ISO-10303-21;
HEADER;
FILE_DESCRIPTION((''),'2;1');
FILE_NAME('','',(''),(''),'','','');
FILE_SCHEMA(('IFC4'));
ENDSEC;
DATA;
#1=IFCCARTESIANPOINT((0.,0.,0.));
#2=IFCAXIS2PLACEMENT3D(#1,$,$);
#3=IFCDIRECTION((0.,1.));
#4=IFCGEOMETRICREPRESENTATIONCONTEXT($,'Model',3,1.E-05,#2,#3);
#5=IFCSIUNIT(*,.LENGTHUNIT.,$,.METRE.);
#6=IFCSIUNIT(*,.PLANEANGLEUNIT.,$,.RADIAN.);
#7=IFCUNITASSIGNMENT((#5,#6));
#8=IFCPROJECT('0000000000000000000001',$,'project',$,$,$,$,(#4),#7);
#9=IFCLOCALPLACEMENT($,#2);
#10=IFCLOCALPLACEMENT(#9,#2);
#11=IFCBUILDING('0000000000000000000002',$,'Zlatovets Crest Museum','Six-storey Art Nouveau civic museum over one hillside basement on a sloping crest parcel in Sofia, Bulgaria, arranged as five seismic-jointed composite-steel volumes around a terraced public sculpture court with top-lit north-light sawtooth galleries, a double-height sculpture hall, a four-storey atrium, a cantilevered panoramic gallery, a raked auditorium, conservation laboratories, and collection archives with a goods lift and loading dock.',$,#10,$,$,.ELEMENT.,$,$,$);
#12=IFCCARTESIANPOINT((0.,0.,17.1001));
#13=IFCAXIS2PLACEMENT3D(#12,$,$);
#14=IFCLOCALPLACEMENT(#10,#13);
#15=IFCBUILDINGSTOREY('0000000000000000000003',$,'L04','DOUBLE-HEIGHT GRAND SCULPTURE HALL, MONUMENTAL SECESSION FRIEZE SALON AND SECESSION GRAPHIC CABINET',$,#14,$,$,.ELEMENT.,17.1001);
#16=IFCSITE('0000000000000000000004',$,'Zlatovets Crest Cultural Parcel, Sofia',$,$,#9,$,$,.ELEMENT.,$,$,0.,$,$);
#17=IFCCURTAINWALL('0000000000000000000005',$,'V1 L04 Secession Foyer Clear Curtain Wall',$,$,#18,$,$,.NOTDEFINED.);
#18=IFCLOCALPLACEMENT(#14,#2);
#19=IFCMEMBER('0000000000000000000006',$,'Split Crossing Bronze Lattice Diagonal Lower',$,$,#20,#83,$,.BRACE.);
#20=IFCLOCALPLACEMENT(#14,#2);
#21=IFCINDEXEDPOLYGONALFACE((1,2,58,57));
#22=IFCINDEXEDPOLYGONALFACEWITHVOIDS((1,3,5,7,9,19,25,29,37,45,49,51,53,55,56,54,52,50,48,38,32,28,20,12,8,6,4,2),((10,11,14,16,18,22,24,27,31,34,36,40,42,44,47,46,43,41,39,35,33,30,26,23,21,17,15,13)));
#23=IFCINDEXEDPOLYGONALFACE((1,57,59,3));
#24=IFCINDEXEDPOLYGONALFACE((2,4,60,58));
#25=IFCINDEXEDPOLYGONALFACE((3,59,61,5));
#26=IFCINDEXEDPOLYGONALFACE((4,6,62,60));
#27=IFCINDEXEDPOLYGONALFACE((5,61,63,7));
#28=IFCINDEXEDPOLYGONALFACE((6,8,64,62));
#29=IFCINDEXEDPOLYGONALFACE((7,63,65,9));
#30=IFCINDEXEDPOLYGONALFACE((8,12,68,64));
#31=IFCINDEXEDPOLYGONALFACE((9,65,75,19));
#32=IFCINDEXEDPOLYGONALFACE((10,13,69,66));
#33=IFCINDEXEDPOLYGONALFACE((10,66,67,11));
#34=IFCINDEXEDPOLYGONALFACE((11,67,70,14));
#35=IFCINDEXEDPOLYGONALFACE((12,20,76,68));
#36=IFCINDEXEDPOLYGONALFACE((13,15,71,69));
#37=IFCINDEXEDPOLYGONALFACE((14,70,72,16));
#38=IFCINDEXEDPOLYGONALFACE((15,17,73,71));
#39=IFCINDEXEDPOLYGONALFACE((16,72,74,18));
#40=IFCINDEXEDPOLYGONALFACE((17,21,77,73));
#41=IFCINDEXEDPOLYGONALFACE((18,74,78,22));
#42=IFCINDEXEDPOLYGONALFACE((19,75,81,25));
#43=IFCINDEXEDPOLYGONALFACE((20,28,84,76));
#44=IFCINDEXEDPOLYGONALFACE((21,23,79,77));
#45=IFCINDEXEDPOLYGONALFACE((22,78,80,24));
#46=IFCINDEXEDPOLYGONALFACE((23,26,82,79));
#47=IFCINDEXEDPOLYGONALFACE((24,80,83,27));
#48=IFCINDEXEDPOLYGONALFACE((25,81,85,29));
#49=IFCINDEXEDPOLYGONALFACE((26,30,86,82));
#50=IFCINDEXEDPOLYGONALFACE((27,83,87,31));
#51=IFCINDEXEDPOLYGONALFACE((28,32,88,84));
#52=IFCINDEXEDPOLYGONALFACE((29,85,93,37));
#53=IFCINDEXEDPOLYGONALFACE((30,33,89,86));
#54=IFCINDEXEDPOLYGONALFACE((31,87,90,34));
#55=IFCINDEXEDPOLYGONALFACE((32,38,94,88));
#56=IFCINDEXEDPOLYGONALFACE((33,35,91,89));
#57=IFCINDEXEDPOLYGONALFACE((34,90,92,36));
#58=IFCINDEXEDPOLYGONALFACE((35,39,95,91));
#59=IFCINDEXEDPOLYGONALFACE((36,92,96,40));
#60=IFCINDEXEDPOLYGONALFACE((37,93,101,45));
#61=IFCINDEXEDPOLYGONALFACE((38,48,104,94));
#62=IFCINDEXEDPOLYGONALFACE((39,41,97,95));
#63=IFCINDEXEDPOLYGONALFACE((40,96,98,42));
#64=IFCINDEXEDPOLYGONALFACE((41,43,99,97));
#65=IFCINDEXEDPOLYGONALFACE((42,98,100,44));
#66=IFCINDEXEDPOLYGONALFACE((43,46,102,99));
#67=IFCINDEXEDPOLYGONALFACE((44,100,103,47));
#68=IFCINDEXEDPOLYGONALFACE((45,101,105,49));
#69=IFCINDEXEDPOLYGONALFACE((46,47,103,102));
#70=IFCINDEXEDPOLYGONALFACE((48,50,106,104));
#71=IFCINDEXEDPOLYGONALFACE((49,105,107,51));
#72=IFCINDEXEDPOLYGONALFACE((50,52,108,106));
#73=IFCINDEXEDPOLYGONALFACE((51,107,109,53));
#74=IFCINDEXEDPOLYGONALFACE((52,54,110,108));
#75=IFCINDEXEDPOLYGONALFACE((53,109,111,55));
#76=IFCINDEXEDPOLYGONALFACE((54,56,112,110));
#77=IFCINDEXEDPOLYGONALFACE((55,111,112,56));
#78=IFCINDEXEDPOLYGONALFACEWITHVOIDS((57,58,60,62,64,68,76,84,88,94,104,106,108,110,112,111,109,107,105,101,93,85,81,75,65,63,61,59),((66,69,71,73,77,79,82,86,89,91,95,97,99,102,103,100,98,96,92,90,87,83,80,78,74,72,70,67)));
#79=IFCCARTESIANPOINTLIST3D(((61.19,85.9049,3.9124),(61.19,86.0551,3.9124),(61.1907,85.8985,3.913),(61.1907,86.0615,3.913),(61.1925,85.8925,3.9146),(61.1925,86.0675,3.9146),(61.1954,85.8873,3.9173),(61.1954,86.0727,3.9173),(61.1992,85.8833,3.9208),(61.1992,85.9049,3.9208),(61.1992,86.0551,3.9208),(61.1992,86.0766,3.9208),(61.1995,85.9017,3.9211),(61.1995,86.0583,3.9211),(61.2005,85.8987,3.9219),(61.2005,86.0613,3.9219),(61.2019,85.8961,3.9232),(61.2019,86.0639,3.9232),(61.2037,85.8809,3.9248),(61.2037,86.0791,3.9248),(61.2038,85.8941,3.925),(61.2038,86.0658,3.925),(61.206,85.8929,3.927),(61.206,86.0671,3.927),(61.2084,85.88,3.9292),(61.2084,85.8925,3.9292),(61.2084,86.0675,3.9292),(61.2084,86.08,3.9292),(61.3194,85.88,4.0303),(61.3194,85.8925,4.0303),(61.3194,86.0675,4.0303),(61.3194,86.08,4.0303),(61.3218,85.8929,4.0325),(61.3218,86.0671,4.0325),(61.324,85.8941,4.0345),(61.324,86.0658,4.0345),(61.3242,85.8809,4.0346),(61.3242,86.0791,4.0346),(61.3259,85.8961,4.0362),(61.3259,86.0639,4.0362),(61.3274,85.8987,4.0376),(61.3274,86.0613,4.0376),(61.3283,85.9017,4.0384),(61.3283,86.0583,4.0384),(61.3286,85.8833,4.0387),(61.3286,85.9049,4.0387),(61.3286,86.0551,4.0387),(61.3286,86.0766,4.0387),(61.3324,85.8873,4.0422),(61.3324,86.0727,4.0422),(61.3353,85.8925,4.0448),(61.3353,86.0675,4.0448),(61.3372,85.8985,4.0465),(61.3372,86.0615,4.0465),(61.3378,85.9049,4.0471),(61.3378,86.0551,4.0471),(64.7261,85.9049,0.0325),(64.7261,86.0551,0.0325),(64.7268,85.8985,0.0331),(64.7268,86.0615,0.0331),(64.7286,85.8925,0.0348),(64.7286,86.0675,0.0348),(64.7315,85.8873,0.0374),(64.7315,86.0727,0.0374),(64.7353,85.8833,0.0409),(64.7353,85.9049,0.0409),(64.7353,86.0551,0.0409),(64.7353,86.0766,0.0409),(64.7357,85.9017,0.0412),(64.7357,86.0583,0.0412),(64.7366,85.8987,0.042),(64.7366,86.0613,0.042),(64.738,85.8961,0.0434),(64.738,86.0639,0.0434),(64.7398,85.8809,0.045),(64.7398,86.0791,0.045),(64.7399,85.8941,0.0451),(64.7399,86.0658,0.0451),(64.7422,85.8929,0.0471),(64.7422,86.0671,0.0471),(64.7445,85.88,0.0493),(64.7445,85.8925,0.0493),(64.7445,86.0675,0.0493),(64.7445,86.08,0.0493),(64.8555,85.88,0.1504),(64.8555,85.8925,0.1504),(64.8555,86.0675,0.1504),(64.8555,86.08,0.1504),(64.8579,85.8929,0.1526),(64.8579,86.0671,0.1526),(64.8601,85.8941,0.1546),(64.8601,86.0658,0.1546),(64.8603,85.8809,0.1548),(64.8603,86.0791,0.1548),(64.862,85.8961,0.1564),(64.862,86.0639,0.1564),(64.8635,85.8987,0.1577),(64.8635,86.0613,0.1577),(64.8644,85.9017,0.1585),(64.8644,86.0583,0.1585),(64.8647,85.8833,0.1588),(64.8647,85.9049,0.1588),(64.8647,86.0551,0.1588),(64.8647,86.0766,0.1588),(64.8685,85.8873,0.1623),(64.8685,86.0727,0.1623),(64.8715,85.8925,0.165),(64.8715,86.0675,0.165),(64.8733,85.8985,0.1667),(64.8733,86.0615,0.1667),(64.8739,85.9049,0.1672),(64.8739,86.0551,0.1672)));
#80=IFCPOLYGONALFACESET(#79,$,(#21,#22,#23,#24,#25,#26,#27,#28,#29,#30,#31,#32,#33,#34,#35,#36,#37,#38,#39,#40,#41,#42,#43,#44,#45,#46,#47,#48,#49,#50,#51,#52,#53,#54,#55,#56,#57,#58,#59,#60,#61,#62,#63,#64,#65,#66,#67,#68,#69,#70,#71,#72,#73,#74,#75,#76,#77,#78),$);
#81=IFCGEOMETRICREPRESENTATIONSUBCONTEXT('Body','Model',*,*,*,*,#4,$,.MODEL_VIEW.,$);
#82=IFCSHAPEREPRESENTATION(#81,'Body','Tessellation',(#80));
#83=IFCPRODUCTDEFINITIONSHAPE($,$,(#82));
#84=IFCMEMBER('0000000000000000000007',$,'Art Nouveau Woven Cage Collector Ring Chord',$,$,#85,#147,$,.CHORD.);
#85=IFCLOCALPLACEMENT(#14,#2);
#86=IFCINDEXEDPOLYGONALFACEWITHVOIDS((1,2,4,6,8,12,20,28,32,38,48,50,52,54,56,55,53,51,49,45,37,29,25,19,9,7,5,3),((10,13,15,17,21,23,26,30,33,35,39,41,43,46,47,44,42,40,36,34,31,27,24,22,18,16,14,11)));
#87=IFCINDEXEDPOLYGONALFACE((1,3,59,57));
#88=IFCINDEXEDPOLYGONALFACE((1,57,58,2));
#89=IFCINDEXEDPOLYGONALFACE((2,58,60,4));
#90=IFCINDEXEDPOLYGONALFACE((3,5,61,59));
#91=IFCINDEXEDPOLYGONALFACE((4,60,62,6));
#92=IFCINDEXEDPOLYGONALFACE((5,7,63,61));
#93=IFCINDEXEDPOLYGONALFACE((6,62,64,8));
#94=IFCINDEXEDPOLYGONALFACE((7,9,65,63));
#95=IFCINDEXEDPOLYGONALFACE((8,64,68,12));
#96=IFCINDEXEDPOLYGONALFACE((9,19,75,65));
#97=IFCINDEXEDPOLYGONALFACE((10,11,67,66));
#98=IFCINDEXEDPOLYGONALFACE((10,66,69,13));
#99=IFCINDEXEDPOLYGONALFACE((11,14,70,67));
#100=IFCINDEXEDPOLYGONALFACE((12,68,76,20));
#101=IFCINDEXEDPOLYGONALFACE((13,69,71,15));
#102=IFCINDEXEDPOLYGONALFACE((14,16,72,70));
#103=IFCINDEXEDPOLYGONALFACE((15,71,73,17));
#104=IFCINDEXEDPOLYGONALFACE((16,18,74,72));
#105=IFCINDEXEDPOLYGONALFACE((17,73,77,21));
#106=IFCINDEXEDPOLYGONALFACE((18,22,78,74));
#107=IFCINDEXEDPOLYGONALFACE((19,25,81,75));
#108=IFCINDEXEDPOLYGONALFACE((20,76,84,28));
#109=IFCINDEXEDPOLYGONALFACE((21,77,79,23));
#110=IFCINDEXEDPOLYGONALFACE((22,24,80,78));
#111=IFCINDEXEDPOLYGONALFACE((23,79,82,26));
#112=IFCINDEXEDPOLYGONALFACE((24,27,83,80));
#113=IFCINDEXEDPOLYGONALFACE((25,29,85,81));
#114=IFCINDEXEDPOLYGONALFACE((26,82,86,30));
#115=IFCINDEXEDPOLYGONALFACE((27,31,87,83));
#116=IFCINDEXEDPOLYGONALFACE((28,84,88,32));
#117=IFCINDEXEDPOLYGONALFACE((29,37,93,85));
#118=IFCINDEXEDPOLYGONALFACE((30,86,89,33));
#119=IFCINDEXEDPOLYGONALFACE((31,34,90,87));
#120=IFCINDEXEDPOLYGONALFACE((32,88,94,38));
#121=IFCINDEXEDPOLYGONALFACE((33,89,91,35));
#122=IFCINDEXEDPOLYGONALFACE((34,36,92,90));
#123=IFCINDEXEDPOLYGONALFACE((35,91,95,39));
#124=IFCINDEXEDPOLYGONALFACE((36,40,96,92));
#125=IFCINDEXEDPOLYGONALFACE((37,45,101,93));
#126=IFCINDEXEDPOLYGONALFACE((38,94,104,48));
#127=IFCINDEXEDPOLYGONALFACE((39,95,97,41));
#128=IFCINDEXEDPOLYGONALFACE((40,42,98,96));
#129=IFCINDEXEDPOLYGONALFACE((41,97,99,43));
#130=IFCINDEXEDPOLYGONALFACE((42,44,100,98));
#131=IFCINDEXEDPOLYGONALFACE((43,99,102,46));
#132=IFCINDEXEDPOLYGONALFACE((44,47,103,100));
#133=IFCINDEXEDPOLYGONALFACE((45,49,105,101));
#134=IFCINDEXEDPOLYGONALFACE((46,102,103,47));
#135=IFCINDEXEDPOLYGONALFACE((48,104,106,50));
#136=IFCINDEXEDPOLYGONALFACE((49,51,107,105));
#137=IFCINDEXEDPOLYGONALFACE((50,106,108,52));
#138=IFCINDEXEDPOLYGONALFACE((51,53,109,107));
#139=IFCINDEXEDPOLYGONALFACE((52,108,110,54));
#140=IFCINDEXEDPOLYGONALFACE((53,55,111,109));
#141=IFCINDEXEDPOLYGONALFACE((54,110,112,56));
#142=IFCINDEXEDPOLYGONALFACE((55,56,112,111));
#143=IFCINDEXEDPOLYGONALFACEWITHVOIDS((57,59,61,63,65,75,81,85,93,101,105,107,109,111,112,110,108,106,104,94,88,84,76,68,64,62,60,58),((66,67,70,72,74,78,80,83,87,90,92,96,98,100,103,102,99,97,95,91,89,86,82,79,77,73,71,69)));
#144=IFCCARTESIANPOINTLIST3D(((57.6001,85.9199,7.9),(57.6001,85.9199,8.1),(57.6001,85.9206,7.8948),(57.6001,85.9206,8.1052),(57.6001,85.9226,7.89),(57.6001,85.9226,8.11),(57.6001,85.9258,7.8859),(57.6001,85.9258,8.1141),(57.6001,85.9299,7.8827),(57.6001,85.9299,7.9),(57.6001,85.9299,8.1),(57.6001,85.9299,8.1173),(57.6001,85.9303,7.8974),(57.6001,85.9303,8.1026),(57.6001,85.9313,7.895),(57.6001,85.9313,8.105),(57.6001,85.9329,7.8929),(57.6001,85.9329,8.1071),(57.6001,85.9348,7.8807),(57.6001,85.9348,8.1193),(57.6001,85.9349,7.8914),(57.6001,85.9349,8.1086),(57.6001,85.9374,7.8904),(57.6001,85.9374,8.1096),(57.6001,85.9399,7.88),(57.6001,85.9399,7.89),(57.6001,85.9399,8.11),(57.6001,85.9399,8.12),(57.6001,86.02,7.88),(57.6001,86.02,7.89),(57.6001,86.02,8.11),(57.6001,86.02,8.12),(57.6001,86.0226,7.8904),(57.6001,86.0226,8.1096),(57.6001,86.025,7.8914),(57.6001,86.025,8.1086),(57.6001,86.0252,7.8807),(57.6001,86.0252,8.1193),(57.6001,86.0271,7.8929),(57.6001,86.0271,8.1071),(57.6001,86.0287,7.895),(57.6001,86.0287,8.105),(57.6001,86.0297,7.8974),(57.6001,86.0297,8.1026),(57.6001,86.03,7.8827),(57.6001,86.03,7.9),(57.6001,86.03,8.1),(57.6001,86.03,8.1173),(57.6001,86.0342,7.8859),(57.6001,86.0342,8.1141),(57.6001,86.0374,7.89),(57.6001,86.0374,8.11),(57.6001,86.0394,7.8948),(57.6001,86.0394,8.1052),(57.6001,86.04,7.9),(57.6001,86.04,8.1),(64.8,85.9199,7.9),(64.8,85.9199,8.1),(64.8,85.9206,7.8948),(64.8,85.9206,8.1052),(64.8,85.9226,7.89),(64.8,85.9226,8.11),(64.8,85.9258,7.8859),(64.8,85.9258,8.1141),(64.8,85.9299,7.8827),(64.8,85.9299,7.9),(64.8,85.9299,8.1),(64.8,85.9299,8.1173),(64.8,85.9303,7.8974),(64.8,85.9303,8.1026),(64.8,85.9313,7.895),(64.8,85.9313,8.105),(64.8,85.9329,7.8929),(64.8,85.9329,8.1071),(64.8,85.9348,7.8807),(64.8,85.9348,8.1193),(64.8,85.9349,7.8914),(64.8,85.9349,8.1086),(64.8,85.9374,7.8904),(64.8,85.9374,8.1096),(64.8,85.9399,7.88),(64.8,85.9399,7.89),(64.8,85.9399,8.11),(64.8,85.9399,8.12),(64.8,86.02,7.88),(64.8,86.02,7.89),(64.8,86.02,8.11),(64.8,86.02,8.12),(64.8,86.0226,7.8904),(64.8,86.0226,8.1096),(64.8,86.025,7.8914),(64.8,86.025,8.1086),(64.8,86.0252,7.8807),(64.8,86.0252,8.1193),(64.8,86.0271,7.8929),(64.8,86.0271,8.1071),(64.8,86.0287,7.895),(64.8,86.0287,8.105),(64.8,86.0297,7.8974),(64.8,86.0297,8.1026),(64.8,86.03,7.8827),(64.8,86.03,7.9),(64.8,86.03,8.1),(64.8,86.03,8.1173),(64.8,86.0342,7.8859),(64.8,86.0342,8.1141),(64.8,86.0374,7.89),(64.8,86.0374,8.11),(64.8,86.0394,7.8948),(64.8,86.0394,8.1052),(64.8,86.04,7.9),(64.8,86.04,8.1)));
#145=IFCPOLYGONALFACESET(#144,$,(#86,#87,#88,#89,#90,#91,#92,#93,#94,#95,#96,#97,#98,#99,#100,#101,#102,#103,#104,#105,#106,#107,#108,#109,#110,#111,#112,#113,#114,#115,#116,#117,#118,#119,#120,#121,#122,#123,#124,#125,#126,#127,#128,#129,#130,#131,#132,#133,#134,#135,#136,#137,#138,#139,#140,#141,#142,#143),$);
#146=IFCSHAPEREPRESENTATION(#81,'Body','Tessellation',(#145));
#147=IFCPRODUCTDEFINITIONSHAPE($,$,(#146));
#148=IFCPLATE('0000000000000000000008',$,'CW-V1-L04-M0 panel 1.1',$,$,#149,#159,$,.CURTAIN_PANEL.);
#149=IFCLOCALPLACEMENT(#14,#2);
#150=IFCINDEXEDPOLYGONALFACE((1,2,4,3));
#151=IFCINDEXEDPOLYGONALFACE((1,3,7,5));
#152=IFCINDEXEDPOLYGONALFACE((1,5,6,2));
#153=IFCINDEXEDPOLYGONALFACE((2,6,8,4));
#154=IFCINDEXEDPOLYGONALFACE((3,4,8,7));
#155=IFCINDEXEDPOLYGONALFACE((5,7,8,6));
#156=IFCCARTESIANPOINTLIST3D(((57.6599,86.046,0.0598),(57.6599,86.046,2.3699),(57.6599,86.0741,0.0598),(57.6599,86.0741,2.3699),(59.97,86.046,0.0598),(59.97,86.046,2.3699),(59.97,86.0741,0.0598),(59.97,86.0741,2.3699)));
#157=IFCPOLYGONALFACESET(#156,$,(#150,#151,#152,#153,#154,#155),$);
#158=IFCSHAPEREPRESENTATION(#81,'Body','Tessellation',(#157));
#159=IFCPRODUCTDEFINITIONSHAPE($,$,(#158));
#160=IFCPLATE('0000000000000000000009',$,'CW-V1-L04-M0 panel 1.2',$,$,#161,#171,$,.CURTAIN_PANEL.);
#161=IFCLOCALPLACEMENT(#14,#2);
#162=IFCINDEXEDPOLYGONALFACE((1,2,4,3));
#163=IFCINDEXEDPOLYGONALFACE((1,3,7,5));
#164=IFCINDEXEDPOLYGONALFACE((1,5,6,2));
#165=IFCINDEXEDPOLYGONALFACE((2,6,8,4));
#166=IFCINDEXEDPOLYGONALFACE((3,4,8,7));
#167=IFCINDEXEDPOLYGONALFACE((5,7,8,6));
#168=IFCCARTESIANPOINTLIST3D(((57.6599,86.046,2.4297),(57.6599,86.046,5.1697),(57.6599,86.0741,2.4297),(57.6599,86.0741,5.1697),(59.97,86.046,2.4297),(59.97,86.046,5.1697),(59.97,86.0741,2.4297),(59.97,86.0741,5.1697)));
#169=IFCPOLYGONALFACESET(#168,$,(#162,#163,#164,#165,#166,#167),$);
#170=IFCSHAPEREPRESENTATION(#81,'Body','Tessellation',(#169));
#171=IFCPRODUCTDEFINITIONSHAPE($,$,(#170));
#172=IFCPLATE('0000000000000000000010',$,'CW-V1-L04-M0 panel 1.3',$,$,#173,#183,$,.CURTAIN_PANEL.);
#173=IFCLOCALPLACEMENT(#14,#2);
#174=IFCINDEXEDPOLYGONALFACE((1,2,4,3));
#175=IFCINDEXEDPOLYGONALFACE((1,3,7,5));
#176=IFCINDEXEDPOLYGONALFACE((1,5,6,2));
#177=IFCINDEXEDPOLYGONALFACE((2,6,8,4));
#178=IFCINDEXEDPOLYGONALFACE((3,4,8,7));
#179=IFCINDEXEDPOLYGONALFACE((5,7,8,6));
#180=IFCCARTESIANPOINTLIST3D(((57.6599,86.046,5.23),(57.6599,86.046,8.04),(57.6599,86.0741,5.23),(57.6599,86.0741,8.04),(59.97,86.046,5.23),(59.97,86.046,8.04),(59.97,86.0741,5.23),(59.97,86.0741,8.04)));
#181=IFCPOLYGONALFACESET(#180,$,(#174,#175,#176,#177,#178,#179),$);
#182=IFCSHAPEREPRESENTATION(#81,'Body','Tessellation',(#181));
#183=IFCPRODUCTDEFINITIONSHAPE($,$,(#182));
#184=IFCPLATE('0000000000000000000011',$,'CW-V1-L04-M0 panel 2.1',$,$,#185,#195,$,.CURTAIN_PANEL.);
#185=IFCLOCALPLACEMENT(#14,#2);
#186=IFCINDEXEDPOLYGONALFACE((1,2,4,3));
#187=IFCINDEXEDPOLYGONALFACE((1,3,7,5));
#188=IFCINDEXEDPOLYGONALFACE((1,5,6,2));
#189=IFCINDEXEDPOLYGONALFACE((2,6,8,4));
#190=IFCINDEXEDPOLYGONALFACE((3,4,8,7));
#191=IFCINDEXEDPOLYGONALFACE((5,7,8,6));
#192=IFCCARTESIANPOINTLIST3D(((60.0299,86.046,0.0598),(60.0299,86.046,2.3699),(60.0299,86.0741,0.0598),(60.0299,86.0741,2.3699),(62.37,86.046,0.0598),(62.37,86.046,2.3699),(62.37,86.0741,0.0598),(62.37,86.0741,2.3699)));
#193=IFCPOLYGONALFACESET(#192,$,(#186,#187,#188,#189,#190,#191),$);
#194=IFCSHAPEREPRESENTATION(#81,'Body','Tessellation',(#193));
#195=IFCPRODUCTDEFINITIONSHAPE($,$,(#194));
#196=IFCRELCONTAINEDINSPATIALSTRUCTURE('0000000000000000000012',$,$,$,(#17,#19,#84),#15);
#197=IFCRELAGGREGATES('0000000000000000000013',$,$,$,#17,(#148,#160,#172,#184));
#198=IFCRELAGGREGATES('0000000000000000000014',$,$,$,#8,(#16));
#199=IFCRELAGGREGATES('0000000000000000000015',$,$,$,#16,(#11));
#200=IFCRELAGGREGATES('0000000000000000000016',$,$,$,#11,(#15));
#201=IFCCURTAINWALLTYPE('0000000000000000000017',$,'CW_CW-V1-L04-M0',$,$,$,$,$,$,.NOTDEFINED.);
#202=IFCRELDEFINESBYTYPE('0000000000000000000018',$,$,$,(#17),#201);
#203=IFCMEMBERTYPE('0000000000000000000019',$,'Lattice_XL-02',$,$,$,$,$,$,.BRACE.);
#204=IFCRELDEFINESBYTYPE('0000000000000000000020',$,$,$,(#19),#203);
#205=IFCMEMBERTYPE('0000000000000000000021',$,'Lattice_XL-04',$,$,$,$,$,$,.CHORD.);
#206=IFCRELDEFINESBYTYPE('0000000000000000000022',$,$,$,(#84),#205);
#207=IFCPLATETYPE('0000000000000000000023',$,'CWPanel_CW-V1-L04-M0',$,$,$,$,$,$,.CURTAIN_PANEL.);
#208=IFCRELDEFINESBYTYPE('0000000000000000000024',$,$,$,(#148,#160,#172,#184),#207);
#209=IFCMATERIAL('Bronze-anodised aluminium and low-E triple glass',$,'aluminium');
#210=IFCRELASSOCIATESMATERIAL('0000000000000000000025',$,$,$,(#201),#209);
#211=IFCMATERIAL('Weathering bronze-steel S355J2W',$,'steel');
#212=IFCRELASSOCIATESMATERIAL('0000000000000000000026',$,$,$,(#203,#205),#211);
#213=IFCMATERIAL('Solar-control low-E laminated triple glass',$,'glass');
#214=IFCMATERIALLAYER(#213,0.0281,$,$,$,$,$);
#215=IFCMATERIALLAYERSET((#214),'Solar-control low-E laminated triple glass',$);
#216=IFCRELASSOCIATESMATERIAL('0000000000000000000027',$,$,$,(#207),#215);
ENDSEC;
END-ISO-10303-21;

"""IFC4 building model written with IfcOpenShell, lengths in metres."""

from ifc_helpers import new_model, si_unit, direction, frame, origin, origin_2d, place, context, subcontext, project, spatial, rectangle, hollow_rectangle, extrude, material, layer, layer_set, material_profile, profile_set, type_object, element, aggregate, save


model = new_model("IFC4")

# Units and contexts
model_context = context("Model", 3, precision=1e-05, world=origin(), true_north=direction((0.0, 1.0)))
body_context = subcontext(model_context, "Body", "Model", "MODEL_VIEW")
ifc_project = project(units=[si_unit("LENGTHUNIT", "METRE"), si_unit("PLANEANGLEUNIT", "RADIAN")], contexts=[model_context])

# Site, building, storey
site_placement = place(None, origin())
site = spatial("IfcSite", under=ifc_project, at=site_placement, Name="Zlatovets Crest Cultural Parcel, Sofia", CompositionType="ELEMENT", RefElevation=0.0)
building_placement = place(site_placement, origin())
building = spatial("IfcBuilding", under=site, at=building_placement, Name="Zlatovets Crest Museum", Description="Six-storey Art Nouveau civic museum over one hillside basement on a sloping crest parcel in Sofia, Bulgaria, arranged as five seismic-jointed composite-steel volumes around a terraced public sculpture court with top-lit north-light sawtooth galleries, a double-height sculpture hall, a four-storey atrium, a cantilevered panoramic gallery, a raked auditorium, conservation laboratories, and collection archives with a goods lift and loading dock.", CompositionType="ELEMENT")
storey_placement = place(building_placement, frame((0.0, 0.0, 17.1001)))
storey = spatial("IfcBuildingStorey", under=building, at=storey_placement, Name="L04", Description="DOUBLE-HEIGHT GRAND SCULPTURE HALL, MONUMENTAL SECESSION FRIEZE SALON AND SECESSION GRAPHIC CABINET", CompositionType="ELEMENT", Elevation=17.1001)

# Curtain wall
ifc_material_1 = material(Name="Bronze-anodised aluminium and low-E triple glass", Category="aluminium")
curtain_wall_type = type_object("IfcCurtainWallType", Name="CW_CW-V1-L04-M0", PredefinedType="NOTDEFINED", material=ifc_material_1)
curtain_wall_placement = place(storey_placement, origin())
curtain_wall = element("IfcCurtainWall", 1, at=curtain_wall_placement, inside=storey, type_object=curtain_wall_type, Name="V1 L04 Secession Foyer Clear Curtain Wall", PredefinedType="NOTDEFINED")

# Members
ifc_material_2 = material(Name="Weathering bronze-steel S355J2W", Category="steel")
ifc_material_profile_1 = material_profile(ifc_material_2, hollow_rectangle(XDim=0.2, YDim=0.2, WallThickness=0.0125, InnerFilletRadius=0.0125, OuterFilletRadius=0.0249, at=origin_2d()), Name="SHS 200x200x12.5")
ifc_profile_set_1 = profile_set([ifc_material_profile_1], Name="Weathering bronze-steel S355J2W")
member_type_1 = type_object("IfcMemberType", Name="Lattice_XL-02", PredefinedType="BRACE", material=ifc_profile_set_1)
member_1_placement = place(storey_placement, frame((61.2639, 85.98, 3.9797), z_axis=(0.673607, 0.0, -0.739089), x_axis=(0.0, 1.0, 0.0)))
element("IfcMember", 2, at=member_1_placement, inside=storey, type_object=member_type_1, Name="Split Crossing Bronze Lattice Diagonal Lower", PredefinedType="BRACE", context=body_context, shape_type="SweptSolid", body=[
    extrude(hollow_rectangle(XDim=0.2, YDim=0.2, WallThickness=0.0125, InnerFilletRadius=0.0125, OuterFilletRadius=0.0249, at=origin_2d()), origin(), (0.0, 0.0, 1.0), 5.2495),
])
ifc_material_profile_2 = material_profile(ifc_material_2, hollow_rectangle(XDim=0.1201, YDim=0.24, WallThickness=0.01, InnerFilletRadius=0.01, OuterFilletRadius=0.02, at=origin_2d()), Name="RHS 120x240x10.0")
ifc_profile_set_2 = profile_set([ifc_material_profile_2], Name="Weathering bronze-steel S355J2W")
member_type_2 = type_object("IfcMemberType", Name="Lattice_XL-04", PredefinedType="CHORD", material=ifc_profile_set_2)
member_2_placement = place(storey_placement, frame((57.6001, 85.98, 8.0), z_axis=(1.0, 0.0, 0.0), x_axis=(0.0, 1.0, 0.0)))
element("IfcMember", 3, at=member_2_placement, inside=storey, type_object=member_type_2, Name="Art Nouveau Woven Cage Collector Ring Chord", PredefinedType="CHORD", context=body_context, shape_type="SweptSolid", body=[
    extrude(hollow_rectangle(XDim=0.1201, YDim=0.24, WallThickness=0.01, InnerFilletRadius=0.01, OuterFilletRadius=0.02, at=origin_2d()), origin(), (0.0, 0.0, 1.0), 7.2),
])

# Plates
ifc_material_3 = material(Name="Solar-control low-E laminated triple glass", Category="glass")
ifc_layer_1 = layer(ifc_material_3, 0.0281)
ifc_layer_set_1 = layer_set([ifc_layer_1], Name="Solar-control low-E laminated triple glass")
plate_type_1 = type_object("IfcPlateType", Name="CWPanel_CW-V1-L04-M0", PredefinedType="CURTAIN_PANEL", material=ifc_layer_set_1)
plate_1_placement = place(storey_placement, frame((58.8149, 86.0601, 0.0598), z_axis=(0.0, 0.0, 1.0), x_axis=(1.0, 0.0, 0.0)))
plate_1 = element("IfcPlate", 4, at=plate_1_placement, type_object=plate_type_1, Name="CW-V1-L04-M0 panel 1.1", PredefinedType="CURTAIN_PANEL", context=body_context, shape_type="SweptSolid", body=[
    extrude(rectangle(XDim=2.3101, YDim=0.0281, at=origin_2d()), origin(), (0.0, 0.0, 1.0), 2.3101),
])
plate_2_placement = place(storey_placement, frame((58.8149, 86.0601, 2.4297), z_axis=(0.0, 0.0, 1.0), x_axis=(1.0, 0.0, 0.0)))
plate_2 = element("IfcPlate", 5, at=plate_2_placement, type_object=plate_type_1, Name="CW-V1-L04-M0 panel 1.2", PredefinedType="CURTAIN_PANEL", context=body_context, shape_type="SweptSolid", body=[
    extrude(rectangle(XDim=2.3101, YDim=0.0281, at=origin_2d()), origin(), (0.0, 0.0, 1.0), 2.74),
])
plate_3_placement = place(storey_placement, frame((58.8149, 86.0601, 5.23), z_axis=(0.0, 0.0, 1.0), x_axis=(1.0, 0.0, 0.0)))
plate_3 = element("IfcPlate", 6, at=plate_3_placement, type_object=plate_type_1, Name="CW-V1-L04-M0 panel 1.3", PredefinedType="CURTAIN_PANEL", context=body_context, shape_type="SweptSolid", body=[
    extrude(rectangle(XDim=2.3101, YDim=0.0281, at=origin_2d()), origin(), (0.0, 0.0, 1.0), 2.8101),
])
plate_4_placement = place(storey_placement, frame((61.2, 86.0601, 0.0598), z_axis=(0.0, 0.0, 1.0), x_axis=(1.0, 0.0, 0.0)))
plate_4 = element("IfcPlate", 7, at=plate_4_placement, type_object=plate_type_1, Name="CW-V1-L04-M0 panel 2.1", PredefinedType="CURTAIN_PANEL", context=body_context, shape_type="SweptSolid", body=[
    extrude(rectangle(XDim=2.3401, YDim=0.0281, at=origin_2d()), origin(), (0.0, 0.0, 1.0), 2.3101),
])
aggregate(curtain_wall, [plate_1, plate_2, plate_3, plate_4])

save(model, "model.ifc")
